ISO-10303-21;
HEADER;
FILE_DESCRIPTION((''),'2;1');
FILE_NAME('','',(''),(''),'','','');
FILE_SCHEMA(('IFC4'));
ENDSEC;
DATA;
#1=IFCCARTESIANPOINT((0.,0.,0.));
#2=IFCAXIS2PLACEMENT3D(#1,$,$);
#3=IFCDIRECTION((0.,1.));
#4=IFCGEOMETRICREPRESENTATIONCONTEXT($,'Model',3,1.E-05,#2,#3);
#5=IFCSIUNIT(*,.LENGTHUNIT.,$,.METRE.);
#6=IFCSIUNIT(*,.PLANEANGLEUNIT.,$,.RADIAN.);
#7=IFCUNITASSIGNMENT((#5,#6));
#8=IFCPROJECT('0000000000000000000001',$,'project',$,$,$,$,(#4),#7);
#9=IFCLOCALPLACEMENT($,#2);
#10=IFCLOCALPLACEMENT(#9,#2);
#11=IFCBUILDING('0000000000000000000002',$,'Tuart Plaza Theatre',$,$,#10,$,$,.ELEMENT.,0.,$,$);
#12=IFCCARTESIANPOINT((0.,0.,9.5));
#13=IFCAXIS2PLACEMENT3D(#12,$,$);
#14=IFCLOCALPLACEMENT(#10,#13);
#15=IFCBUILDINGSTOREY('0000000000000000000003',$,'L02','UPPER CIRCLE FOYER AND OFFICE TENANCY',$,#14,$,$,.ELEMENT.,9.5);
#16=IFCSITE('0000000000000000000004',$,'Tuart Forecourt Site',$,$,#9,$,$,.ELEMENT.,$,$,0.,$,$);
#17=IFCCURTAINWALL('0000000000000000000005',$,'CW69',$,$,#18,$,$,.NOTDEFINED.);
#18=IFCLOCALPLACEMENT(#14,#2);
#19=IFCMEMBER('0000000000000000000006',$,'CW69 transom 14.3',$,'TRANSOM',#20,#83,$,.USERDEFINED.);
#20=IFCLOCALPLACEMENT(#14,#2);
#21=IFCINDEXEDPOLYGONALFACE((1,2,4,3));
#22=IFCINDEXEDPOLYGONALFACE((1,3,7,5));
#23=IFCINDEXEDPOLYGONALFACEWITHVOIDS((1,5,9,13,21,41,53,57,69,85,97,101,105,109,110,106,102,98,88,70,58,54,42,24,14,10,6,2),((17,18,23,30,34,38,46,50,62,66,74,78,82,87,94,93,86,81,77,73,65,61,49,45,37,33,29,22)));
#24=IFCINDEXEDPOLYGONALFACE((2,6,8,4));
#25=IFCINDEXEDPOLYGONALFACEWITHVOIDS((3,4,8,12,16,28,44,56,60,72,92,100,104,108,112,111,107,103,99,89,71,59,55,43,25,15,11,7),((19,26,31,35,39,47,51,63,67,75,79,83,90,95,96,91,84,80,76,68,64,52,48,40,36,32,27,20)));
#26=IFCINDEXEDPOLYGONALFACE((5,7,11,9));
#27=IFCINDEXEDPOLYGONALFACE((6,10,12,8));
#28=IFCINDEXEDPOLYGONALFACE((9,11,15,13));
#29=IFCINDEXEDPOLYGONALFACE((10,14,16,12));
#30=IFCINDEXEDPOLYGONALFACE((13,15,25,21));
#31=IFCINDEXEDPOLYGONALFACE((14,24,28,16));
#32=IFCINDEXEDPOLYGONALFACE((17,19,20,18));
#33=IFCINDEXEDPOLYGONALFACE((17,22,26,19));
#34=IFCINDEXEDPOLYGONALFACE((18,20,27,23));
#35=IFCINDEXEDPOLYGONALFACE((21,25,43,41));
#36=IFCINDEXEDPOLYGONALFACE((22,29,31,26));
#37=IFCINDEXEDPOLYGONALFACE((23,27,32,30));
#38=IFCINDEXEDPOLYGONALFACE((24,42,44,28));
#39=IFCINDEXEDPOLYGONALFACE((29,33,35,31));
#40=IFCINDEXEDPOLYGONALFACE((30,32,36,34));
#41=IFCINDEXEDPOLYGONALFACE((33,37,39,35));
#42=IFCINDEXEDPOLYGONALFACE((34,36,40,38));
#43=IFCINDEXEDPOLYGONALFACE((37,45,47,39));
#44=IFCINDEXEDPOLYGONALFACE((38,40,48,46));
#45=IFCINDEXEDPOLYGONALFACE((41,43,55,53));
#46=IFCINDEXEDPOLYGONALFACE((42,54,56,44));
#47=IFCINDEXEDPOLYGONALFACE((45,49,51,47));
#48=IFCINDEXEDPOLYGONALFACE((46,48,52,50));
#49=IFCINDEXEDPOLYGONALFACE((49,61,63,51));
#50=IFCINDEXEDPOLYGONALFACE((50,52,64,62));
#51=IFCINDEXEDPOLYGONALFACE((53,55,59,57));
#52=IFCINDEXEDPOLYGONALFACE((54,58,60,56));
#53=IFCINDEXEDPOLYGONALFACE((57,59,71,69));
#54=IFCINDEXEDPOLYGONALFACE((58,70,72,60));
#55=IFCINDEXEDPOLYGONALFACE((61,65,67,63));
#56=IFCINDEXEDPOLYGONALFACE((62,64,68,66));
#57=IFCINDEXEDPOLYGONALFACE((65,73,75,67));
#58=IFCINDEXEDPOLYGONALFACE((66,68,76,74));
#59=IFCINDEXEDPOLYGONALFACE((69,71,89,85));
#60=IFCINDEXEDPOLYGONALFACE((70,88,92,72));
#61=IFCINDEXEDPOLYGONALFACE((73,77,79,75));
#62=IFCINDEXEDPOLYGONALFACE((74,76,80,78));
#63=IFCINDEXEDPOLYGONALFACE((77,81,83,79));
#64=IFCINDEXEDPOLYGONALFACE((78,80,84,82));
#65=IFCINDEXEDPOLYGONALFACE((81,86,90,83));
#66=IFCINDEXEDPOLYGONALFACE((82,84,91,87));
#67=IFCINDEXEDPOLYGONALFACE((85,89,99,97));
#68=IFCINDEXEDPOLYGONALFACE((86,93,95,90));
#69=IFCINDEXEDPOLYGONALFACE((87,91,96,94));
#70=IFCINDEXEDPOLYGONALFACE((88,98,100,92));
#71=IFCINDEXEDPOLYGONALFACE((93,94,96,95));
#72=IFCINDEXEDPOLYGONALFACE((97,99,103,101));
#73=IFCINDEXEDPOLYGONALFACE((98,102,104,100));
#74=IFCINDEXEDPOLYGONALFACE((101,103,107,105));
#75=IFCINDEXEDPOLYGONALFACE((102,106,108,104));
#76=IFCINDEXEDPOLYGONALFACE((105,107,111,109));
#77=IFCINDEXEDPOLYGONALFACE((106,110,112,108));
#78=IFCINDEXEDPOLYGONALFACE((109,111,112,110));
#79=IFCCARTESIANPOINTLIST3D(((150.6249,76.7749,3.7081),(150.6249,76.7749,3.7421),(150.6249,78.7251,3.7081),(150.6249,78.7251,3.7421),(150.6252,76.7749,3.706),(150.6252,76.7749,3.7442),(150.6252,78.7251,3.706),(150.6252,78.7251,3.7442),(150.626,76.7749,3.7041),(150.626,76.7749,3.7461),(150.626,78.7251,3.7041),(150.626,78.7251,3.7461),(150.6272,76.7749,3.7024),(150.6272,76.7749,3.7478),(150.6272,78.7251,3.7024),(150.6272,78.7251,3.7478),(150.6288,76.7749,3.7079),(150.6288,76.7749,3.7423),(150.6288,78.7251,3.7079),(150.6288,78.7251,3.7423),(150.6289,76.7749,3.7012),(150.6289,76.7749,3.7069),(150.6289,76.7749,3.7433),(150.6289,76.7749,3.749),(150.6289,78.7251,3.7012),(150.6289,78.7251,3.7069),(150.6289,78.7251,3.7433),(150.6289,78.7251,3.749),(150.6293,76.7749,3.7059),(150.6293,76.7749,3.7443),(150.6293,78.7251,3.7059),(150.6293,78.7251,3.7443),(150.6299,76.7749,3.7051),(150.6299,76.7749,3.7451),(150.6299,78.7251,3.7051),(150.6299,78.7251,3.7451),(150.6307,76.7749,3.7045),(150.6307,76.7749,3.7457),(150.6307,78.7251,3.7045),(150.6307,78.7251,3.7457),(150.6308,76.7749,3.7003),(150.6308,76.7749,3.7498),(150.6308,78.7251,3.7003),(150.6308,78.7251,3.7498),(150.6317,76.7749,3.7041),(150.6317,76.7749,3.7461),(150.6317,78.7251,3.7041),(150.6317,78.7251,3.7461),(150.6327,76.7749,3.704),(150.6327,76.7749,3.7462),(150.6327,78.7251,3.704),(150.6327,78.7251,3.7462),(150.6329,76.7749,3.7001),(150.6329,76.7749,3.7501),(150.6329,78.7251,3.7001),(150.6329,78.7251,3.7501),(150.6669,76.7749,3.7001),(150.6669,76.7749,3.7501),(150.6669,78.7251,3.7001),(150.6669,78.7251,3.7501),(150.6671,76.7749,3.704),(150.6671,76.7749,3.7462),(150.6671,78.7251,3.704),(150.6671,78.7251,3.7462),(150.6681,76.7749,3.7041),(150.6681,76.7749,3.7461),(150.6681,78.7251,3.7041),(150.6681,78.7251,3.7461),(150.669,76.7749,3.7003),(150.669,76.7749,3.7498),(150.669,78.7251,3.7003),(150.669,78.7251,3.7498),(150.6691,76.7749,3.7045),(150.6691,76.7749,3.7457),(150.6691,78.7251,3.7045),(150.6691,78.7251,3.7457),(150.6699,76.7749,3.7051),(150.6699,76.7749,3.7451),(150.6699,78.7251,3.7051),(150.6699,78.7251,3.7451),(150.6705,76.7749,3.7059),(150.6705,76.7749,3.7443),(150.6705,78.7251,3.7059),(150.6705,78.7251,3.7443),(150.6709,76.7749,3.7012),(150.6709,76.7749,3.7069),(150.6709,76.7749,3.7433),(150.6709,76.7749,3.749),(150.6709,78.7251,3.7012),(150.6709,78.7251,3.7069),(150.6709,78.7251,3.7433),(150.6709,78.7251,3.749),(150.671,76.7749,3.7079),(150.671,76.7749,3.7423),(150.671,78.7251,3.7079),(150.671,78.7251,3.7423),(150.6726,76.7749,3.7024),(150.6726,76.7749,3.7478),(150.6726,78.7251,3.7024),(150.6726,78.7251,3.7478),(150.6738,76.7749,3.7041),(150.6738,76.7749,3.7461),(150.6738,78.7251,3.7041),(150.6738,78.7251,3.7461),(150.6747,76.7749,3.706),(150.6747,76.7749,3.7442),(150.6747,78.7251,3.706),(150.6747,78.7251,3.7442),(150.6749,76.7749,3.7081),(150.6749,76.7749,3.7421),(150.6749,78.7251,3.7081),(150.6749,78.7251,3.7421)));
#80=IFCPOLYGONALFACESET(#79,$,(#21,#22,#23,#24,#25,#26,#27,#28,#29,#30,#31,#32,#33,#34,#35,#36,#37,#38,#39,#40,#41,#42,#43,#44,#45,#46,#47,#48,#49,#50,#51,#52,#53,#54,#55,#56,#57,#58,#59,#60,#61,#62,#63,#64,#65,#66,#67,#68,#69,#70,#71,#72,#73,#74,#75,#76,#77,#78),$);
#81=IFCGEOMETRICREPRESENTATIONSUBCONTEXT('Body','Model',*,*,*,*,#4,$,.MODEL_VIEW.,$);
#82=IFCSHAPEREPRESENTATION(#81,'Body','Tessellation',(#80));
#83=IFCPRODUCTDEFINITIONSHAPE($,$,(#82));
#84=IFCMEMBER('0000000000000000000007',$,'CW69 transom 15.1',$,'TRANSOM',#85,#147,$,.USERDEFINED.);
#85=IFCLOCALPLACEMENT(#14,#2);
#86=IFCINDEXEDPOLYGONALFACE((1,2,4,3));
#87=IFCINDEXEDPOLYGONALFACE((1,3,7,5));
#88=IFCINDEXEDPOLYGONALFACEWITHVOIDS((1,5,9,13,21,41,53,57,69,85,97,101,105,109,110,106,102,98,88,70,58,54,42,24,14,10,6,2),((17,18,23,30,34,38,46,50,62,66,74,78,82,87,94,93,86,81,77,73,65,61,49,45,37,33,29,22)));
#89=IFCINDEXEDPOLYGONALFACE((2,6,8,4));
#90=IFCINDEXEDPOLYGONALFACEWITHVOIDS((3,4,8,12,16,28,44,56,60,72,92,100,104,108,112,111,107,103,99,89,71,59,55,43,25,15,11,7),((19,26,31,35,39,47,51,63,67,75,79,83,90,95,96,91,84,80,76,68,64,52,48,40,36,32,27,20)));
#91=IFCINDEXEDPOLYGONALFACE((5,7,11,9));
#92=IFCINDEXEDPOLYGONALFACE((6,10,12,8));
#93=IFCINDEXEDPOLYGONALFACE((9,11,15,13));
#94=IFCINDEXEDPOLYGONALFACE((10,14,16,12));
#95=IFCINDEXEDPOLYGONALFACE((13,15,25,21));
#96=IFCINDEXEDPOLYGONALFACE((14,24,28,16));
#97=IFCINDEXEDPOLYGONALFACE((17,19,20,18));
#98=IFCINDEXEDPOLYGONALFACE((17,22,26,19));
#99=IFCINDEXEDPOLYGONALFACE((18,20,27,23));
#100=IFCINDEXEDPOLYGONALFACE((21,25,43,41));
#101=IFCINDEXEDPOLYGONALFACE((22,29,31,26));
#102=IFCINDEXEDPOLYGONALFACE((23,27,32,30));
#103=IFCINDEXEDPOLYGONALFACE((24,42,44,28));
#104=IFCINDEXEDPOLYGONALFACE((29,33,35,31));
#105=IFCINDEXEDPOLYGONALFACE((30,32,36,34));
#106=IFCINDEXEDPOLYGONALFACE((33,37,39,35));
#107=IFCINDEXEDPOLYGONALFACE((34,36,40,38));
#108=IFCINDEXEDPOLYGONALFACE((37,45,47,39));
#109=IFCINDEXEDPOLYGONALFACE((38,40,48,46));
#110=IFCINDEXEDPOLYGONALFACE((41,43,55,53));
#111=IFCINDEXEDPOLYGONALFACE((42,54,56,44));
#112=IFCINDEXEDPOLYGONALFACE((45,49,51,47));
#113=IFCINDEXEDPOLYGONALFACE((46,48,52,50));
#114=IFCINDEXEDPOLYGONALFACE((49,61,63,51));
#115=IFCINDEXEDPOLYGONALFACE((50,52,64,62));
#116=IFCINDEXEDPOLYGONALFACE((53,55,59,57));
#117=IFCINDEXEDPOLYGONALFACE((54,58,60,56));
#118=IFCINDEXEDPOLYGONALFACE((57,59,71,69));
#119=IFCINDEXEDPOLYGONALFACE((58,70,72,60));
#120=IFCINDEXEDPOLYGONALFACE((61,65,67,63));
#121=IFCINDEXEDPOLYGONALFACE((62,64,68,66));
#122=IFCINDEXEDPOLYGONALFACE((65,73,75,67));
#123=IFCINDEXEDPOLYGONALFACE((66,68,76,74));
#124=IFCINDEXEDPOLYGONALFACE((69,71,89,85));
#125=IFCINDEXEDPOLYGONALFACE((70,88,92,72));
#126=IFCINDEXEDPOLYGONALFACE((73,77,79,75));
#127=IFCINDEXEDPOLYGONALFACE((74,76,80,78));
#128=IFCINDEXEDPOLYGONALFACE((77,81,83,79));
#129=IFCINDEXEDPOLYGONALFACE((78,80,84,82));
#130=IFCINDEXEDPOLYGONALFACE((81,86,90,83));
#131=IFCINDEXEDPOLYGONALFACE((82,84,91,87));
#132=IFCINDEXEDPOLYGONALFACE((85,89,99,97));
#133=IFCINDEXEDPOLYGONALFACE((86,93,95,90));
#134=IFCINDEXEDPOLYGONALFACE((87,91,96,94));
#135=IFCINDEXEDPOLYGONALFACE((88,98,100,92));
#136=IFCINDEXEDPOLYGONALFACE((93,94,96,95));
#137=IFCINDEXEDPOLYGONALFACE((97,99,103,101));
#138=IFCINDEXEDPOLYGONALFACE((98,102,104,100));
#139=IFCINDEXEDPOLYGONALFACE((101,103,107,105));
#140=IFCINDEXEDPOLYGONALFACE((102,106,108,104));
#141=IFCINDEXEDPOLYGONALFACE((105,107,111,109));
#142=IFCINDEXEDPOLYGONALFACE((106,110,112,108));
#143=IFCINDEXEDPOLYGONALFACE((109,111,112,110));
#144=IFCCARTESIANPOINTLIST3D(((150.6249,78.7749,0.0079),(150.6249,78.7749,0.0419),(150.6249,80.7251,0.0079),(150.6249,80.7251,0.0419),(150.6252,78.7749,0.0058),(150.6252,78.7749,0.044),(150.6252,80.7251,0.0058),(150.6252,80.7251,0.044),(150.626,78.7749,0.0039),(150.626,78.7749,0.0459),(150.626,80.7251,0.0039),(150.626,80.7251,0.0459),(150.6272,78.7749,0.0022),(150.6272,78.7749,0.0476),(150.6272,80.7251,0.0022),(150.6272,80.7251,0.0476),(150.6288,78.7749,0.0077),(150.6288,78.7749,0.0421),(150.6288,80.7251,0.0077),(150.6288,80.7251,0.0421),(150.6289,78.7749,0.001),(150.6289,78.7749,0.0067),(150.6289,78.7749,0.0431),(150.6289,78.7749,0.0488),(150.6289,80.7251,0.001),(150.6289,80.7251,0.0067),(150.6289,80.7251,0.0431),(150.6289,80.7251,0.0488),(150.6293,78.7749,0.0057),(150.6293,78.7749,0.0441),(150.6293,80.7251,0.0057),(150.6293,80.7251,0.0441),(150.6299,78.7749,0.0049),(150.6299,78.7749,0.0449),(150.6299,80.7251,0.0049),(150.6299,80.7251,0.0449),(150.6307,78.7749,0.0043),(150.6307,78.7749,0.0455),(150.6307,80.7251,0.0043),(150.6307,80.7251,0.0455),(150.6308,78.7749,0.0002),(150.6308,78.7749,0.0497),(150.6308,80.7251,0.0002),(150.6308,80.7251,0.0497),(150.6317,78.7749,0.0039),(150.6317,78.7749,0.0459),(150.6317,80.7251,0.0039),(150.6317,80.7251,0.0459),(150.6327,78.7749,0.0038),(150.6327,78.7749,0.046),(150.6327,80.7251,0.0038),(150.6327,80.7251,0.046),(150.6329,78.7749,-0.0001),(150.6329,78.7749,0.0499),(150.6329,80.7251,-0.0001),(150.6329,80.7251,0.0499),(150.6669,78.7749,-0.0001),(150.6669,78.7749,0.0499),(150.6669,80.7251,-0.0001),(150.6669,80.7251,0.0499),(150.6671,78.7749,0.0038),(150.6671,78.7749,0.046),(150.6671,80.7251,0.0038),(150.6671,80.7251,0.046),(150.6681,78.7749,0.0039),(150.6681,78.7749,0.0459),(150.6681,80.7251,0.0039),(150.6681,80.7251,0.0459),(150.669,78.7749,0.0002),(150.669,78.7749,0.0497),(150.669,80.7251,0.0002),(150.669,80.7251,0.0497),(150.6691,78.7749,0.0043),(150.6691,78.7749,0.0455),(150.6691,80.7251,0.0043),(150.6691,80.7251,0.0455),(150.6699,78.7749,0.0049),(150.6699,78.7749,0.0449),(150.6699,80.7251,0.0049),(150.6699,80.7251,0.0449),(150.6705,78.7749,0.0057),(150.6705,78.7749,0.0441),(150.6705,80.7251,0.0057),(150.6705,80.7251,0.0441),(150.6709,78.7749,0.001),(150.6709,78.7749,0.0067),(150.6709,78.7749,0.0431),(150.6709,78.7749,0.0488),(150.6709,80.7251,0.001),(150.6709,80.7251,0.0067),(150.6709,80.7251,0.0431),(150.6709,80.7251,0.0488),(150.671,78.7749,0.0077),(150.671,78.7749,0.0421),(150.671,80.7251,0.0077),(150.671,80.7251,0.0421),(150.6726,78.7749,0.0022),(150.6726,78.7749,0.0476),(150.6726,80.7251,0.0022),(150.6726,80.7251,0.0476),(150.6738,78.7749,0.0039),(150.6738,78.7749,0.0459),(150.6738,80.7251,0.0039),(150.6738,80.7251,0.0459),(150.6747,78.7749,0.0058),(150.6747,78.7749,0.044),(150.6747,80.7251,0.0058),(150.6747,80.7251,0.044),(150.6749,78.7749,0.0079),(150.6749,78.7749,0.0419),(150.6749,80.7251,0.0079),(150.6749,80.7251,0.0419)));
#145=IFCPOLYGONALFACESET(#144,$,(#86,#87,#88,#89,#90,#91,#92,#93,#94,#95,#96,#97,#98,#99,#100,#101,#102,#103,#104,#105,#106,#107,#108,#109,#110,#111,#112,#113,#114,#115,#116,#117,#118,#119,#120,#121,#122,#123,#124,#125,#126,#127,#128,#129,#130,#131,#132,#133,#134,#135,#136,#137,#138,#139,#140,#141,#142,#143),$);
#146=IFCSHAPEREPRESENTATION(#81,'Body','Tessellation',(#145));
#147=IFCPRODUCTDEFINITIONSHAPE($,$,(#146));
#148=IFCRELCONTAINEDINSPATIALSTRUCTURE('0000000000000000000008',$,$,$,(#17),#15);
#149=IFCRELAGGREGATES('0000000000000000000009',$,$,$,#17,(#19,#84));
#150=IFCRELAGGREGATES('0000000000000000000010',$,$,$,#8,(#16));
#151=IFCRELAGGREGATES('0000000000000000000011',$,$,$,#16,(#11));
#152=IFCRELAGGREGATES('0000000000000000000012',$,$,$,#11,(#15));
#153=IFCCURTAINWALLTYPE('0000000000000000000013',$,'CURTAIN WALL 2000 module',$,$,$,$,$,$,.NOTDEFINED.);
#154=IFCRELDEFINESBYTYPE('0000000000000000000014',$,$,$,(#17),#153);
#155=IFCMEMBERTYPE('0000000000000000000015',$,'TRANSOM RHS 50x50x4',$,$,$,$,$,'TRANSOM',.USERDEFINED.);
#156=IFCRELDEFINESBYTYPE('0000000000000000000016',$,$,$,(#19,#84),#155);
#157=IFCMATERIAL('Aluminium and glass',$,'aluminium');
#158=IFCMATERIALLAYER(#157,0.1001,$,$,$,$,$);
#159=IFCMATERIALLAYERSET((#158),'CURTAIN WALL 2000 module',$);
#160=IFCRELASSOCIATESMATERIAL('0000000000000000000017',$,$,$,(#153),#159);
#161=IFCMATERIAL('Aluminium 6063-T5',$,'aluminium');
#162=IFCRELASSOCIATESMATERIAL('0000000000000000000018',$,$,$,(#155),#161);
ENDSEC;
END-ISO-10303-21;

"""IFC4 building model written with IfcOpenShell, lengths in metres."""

from ifc_helpers import new_model, si_unit, direction, frame, origin, origin_2d, place, context, subcontext, project, spatial, hollow_rectangle, extrude, material, layer, layer_set, material_profile, profile_set, type_object, element, aggregate, save


model = new_model("IFC4")

# Units and contexts
model_context = context("Model", 3, precision=1e-05, world=origin(), true_north=direction((0.0, 1.0)))
body_context = subcontext(model_context, "Body", "Model", "MODEL_VIEW")
ifc_project = project(units=[si_unit("LENGTHUNIT", "METRE"), si_unit("PLANEANGLEUNIT", "RADIAN")], contexts=[model_context])

# Site, building, storey
site_placement = place(None, origin())
site = spatial("IfcSite", under=ifc_project, at=site_placement, Name="Tuart Forecourt Site", CompositionType="ELEMENT", RefElevation=0.0)
building_placement = place(site_placement, origin())
building = spatial("IfcBuilding", under=site, at=building_placement, Name="Tuart Plaza Theatre", CompositionType="ELEMENT", ElevationOfRefHeight=0.0)
storey_placement = place(building_placement, frame((0.0, 0.0, 9.5)))
storey = spatial("IfcBuildingStorey", under=building, at=storey_placement, Name="L02", Description="UPPER CIRCLE FOYER AND OFFICE TENANCY", CompositionType="ELEMENT", Elevation=9.5)

# Curtain wall, members
ifc_material_1 = material(Name="Aluminium and glass", Category="aluminium")
ifc_layer_1 = layer(ifc_material_1, 0.1001)
ifc_layer_set_1 = layer_set([ifc_layer_1], Name="CURTAIN WALL 2000 module")
curtain_wall_type = type_object("IfcCurtainWallType", Name="CURTAIN WALL 2000 module", PredefinedType="NOTDEFINED", material=ifc_layer_set_1)
curtain_wall_placement = place(storey_placement, origin())
curtain_wall = element("IfcCurtainWall", 1, at=curtain_wall_placement, inside=storey, type_object=curtain_wall_type, Name="CW69", PredefinedType="NOTDEFINED")
ifc_material_2 = material(Name="Aluminium 6063-T5", Category="aluminium")
ifc_material_profile_1 = material_profile(ifc_material_2, hollow_rectangle(XDim=0.05, YDim=0.05, WallThickness=0.0039, InnerFilletRadius=0.0039, OuterFilletRadius=0.0081, at=origin_2d()), Name="RHS 50x50x4")
ifc_profile_set_1 = profile_set([ifc_material_profile_1], Name="Aluminium 6063-T5")
member_type_1 = type_object("IfcMemberType", Name="TRANSOM RHS 50x50x4", ElementType="TRANSOM", PredefinedType="USERDEFINED", material=ifc_profile_set_1)
member_1_placement = place(storey_placement, frame((150.6499, 76.7749, 3.7251), z_axis=(0.0, 1.0, 0.0), x_axis=(-1.0, 0.0, 0.0)))
member_1 = element("IfcMember", 2, at=member_1_placement, type_object=member_type_1, Name="CW69 transom 14.3", ObjectType="TRANSOM", PredefinedType="USERDEFINED", context=body_context, shape_type="SweptSolid", body=[
    extrude(hollow_rectangle(XDim=0.05, YDim=0.05, WallThickness=0.0039, InnerFilletRadius=0.0039, OuterFilletRadius=0.0081, at=origin_2d()), origin(), (0.0, 0.0, 1.0), 1.9502),
])
member_2_placement = place(storey_placement, frame((150.6499, 78.7749, 0.0249), z_axis=(0.0, 1.0, 0.0), x_axis=(-1.0, 0.0, 0.0)))
member_2 = element("IfcMember", 3, at=member_2_placement, type_object=member_type_1, Name="CW69 transom 15.1", ObjectType="TRANSOM", PredefinedType="USERDEFINED", context=body_context, shape_type="SweptSolid", body=[
    extrude(hollow_rectangle(XDim=0.05, YDim=0.05, WallThickness=0.0039, InnerFilletRadius=0.0039, OuterFilletRadius=0.0081, at=origin_2d()), origin(), (0.0, 0.0, 1.0), 1.9502),
])
aggregate(curtain_wall, [member_1, member_2])

save(model, "model.ifc")
